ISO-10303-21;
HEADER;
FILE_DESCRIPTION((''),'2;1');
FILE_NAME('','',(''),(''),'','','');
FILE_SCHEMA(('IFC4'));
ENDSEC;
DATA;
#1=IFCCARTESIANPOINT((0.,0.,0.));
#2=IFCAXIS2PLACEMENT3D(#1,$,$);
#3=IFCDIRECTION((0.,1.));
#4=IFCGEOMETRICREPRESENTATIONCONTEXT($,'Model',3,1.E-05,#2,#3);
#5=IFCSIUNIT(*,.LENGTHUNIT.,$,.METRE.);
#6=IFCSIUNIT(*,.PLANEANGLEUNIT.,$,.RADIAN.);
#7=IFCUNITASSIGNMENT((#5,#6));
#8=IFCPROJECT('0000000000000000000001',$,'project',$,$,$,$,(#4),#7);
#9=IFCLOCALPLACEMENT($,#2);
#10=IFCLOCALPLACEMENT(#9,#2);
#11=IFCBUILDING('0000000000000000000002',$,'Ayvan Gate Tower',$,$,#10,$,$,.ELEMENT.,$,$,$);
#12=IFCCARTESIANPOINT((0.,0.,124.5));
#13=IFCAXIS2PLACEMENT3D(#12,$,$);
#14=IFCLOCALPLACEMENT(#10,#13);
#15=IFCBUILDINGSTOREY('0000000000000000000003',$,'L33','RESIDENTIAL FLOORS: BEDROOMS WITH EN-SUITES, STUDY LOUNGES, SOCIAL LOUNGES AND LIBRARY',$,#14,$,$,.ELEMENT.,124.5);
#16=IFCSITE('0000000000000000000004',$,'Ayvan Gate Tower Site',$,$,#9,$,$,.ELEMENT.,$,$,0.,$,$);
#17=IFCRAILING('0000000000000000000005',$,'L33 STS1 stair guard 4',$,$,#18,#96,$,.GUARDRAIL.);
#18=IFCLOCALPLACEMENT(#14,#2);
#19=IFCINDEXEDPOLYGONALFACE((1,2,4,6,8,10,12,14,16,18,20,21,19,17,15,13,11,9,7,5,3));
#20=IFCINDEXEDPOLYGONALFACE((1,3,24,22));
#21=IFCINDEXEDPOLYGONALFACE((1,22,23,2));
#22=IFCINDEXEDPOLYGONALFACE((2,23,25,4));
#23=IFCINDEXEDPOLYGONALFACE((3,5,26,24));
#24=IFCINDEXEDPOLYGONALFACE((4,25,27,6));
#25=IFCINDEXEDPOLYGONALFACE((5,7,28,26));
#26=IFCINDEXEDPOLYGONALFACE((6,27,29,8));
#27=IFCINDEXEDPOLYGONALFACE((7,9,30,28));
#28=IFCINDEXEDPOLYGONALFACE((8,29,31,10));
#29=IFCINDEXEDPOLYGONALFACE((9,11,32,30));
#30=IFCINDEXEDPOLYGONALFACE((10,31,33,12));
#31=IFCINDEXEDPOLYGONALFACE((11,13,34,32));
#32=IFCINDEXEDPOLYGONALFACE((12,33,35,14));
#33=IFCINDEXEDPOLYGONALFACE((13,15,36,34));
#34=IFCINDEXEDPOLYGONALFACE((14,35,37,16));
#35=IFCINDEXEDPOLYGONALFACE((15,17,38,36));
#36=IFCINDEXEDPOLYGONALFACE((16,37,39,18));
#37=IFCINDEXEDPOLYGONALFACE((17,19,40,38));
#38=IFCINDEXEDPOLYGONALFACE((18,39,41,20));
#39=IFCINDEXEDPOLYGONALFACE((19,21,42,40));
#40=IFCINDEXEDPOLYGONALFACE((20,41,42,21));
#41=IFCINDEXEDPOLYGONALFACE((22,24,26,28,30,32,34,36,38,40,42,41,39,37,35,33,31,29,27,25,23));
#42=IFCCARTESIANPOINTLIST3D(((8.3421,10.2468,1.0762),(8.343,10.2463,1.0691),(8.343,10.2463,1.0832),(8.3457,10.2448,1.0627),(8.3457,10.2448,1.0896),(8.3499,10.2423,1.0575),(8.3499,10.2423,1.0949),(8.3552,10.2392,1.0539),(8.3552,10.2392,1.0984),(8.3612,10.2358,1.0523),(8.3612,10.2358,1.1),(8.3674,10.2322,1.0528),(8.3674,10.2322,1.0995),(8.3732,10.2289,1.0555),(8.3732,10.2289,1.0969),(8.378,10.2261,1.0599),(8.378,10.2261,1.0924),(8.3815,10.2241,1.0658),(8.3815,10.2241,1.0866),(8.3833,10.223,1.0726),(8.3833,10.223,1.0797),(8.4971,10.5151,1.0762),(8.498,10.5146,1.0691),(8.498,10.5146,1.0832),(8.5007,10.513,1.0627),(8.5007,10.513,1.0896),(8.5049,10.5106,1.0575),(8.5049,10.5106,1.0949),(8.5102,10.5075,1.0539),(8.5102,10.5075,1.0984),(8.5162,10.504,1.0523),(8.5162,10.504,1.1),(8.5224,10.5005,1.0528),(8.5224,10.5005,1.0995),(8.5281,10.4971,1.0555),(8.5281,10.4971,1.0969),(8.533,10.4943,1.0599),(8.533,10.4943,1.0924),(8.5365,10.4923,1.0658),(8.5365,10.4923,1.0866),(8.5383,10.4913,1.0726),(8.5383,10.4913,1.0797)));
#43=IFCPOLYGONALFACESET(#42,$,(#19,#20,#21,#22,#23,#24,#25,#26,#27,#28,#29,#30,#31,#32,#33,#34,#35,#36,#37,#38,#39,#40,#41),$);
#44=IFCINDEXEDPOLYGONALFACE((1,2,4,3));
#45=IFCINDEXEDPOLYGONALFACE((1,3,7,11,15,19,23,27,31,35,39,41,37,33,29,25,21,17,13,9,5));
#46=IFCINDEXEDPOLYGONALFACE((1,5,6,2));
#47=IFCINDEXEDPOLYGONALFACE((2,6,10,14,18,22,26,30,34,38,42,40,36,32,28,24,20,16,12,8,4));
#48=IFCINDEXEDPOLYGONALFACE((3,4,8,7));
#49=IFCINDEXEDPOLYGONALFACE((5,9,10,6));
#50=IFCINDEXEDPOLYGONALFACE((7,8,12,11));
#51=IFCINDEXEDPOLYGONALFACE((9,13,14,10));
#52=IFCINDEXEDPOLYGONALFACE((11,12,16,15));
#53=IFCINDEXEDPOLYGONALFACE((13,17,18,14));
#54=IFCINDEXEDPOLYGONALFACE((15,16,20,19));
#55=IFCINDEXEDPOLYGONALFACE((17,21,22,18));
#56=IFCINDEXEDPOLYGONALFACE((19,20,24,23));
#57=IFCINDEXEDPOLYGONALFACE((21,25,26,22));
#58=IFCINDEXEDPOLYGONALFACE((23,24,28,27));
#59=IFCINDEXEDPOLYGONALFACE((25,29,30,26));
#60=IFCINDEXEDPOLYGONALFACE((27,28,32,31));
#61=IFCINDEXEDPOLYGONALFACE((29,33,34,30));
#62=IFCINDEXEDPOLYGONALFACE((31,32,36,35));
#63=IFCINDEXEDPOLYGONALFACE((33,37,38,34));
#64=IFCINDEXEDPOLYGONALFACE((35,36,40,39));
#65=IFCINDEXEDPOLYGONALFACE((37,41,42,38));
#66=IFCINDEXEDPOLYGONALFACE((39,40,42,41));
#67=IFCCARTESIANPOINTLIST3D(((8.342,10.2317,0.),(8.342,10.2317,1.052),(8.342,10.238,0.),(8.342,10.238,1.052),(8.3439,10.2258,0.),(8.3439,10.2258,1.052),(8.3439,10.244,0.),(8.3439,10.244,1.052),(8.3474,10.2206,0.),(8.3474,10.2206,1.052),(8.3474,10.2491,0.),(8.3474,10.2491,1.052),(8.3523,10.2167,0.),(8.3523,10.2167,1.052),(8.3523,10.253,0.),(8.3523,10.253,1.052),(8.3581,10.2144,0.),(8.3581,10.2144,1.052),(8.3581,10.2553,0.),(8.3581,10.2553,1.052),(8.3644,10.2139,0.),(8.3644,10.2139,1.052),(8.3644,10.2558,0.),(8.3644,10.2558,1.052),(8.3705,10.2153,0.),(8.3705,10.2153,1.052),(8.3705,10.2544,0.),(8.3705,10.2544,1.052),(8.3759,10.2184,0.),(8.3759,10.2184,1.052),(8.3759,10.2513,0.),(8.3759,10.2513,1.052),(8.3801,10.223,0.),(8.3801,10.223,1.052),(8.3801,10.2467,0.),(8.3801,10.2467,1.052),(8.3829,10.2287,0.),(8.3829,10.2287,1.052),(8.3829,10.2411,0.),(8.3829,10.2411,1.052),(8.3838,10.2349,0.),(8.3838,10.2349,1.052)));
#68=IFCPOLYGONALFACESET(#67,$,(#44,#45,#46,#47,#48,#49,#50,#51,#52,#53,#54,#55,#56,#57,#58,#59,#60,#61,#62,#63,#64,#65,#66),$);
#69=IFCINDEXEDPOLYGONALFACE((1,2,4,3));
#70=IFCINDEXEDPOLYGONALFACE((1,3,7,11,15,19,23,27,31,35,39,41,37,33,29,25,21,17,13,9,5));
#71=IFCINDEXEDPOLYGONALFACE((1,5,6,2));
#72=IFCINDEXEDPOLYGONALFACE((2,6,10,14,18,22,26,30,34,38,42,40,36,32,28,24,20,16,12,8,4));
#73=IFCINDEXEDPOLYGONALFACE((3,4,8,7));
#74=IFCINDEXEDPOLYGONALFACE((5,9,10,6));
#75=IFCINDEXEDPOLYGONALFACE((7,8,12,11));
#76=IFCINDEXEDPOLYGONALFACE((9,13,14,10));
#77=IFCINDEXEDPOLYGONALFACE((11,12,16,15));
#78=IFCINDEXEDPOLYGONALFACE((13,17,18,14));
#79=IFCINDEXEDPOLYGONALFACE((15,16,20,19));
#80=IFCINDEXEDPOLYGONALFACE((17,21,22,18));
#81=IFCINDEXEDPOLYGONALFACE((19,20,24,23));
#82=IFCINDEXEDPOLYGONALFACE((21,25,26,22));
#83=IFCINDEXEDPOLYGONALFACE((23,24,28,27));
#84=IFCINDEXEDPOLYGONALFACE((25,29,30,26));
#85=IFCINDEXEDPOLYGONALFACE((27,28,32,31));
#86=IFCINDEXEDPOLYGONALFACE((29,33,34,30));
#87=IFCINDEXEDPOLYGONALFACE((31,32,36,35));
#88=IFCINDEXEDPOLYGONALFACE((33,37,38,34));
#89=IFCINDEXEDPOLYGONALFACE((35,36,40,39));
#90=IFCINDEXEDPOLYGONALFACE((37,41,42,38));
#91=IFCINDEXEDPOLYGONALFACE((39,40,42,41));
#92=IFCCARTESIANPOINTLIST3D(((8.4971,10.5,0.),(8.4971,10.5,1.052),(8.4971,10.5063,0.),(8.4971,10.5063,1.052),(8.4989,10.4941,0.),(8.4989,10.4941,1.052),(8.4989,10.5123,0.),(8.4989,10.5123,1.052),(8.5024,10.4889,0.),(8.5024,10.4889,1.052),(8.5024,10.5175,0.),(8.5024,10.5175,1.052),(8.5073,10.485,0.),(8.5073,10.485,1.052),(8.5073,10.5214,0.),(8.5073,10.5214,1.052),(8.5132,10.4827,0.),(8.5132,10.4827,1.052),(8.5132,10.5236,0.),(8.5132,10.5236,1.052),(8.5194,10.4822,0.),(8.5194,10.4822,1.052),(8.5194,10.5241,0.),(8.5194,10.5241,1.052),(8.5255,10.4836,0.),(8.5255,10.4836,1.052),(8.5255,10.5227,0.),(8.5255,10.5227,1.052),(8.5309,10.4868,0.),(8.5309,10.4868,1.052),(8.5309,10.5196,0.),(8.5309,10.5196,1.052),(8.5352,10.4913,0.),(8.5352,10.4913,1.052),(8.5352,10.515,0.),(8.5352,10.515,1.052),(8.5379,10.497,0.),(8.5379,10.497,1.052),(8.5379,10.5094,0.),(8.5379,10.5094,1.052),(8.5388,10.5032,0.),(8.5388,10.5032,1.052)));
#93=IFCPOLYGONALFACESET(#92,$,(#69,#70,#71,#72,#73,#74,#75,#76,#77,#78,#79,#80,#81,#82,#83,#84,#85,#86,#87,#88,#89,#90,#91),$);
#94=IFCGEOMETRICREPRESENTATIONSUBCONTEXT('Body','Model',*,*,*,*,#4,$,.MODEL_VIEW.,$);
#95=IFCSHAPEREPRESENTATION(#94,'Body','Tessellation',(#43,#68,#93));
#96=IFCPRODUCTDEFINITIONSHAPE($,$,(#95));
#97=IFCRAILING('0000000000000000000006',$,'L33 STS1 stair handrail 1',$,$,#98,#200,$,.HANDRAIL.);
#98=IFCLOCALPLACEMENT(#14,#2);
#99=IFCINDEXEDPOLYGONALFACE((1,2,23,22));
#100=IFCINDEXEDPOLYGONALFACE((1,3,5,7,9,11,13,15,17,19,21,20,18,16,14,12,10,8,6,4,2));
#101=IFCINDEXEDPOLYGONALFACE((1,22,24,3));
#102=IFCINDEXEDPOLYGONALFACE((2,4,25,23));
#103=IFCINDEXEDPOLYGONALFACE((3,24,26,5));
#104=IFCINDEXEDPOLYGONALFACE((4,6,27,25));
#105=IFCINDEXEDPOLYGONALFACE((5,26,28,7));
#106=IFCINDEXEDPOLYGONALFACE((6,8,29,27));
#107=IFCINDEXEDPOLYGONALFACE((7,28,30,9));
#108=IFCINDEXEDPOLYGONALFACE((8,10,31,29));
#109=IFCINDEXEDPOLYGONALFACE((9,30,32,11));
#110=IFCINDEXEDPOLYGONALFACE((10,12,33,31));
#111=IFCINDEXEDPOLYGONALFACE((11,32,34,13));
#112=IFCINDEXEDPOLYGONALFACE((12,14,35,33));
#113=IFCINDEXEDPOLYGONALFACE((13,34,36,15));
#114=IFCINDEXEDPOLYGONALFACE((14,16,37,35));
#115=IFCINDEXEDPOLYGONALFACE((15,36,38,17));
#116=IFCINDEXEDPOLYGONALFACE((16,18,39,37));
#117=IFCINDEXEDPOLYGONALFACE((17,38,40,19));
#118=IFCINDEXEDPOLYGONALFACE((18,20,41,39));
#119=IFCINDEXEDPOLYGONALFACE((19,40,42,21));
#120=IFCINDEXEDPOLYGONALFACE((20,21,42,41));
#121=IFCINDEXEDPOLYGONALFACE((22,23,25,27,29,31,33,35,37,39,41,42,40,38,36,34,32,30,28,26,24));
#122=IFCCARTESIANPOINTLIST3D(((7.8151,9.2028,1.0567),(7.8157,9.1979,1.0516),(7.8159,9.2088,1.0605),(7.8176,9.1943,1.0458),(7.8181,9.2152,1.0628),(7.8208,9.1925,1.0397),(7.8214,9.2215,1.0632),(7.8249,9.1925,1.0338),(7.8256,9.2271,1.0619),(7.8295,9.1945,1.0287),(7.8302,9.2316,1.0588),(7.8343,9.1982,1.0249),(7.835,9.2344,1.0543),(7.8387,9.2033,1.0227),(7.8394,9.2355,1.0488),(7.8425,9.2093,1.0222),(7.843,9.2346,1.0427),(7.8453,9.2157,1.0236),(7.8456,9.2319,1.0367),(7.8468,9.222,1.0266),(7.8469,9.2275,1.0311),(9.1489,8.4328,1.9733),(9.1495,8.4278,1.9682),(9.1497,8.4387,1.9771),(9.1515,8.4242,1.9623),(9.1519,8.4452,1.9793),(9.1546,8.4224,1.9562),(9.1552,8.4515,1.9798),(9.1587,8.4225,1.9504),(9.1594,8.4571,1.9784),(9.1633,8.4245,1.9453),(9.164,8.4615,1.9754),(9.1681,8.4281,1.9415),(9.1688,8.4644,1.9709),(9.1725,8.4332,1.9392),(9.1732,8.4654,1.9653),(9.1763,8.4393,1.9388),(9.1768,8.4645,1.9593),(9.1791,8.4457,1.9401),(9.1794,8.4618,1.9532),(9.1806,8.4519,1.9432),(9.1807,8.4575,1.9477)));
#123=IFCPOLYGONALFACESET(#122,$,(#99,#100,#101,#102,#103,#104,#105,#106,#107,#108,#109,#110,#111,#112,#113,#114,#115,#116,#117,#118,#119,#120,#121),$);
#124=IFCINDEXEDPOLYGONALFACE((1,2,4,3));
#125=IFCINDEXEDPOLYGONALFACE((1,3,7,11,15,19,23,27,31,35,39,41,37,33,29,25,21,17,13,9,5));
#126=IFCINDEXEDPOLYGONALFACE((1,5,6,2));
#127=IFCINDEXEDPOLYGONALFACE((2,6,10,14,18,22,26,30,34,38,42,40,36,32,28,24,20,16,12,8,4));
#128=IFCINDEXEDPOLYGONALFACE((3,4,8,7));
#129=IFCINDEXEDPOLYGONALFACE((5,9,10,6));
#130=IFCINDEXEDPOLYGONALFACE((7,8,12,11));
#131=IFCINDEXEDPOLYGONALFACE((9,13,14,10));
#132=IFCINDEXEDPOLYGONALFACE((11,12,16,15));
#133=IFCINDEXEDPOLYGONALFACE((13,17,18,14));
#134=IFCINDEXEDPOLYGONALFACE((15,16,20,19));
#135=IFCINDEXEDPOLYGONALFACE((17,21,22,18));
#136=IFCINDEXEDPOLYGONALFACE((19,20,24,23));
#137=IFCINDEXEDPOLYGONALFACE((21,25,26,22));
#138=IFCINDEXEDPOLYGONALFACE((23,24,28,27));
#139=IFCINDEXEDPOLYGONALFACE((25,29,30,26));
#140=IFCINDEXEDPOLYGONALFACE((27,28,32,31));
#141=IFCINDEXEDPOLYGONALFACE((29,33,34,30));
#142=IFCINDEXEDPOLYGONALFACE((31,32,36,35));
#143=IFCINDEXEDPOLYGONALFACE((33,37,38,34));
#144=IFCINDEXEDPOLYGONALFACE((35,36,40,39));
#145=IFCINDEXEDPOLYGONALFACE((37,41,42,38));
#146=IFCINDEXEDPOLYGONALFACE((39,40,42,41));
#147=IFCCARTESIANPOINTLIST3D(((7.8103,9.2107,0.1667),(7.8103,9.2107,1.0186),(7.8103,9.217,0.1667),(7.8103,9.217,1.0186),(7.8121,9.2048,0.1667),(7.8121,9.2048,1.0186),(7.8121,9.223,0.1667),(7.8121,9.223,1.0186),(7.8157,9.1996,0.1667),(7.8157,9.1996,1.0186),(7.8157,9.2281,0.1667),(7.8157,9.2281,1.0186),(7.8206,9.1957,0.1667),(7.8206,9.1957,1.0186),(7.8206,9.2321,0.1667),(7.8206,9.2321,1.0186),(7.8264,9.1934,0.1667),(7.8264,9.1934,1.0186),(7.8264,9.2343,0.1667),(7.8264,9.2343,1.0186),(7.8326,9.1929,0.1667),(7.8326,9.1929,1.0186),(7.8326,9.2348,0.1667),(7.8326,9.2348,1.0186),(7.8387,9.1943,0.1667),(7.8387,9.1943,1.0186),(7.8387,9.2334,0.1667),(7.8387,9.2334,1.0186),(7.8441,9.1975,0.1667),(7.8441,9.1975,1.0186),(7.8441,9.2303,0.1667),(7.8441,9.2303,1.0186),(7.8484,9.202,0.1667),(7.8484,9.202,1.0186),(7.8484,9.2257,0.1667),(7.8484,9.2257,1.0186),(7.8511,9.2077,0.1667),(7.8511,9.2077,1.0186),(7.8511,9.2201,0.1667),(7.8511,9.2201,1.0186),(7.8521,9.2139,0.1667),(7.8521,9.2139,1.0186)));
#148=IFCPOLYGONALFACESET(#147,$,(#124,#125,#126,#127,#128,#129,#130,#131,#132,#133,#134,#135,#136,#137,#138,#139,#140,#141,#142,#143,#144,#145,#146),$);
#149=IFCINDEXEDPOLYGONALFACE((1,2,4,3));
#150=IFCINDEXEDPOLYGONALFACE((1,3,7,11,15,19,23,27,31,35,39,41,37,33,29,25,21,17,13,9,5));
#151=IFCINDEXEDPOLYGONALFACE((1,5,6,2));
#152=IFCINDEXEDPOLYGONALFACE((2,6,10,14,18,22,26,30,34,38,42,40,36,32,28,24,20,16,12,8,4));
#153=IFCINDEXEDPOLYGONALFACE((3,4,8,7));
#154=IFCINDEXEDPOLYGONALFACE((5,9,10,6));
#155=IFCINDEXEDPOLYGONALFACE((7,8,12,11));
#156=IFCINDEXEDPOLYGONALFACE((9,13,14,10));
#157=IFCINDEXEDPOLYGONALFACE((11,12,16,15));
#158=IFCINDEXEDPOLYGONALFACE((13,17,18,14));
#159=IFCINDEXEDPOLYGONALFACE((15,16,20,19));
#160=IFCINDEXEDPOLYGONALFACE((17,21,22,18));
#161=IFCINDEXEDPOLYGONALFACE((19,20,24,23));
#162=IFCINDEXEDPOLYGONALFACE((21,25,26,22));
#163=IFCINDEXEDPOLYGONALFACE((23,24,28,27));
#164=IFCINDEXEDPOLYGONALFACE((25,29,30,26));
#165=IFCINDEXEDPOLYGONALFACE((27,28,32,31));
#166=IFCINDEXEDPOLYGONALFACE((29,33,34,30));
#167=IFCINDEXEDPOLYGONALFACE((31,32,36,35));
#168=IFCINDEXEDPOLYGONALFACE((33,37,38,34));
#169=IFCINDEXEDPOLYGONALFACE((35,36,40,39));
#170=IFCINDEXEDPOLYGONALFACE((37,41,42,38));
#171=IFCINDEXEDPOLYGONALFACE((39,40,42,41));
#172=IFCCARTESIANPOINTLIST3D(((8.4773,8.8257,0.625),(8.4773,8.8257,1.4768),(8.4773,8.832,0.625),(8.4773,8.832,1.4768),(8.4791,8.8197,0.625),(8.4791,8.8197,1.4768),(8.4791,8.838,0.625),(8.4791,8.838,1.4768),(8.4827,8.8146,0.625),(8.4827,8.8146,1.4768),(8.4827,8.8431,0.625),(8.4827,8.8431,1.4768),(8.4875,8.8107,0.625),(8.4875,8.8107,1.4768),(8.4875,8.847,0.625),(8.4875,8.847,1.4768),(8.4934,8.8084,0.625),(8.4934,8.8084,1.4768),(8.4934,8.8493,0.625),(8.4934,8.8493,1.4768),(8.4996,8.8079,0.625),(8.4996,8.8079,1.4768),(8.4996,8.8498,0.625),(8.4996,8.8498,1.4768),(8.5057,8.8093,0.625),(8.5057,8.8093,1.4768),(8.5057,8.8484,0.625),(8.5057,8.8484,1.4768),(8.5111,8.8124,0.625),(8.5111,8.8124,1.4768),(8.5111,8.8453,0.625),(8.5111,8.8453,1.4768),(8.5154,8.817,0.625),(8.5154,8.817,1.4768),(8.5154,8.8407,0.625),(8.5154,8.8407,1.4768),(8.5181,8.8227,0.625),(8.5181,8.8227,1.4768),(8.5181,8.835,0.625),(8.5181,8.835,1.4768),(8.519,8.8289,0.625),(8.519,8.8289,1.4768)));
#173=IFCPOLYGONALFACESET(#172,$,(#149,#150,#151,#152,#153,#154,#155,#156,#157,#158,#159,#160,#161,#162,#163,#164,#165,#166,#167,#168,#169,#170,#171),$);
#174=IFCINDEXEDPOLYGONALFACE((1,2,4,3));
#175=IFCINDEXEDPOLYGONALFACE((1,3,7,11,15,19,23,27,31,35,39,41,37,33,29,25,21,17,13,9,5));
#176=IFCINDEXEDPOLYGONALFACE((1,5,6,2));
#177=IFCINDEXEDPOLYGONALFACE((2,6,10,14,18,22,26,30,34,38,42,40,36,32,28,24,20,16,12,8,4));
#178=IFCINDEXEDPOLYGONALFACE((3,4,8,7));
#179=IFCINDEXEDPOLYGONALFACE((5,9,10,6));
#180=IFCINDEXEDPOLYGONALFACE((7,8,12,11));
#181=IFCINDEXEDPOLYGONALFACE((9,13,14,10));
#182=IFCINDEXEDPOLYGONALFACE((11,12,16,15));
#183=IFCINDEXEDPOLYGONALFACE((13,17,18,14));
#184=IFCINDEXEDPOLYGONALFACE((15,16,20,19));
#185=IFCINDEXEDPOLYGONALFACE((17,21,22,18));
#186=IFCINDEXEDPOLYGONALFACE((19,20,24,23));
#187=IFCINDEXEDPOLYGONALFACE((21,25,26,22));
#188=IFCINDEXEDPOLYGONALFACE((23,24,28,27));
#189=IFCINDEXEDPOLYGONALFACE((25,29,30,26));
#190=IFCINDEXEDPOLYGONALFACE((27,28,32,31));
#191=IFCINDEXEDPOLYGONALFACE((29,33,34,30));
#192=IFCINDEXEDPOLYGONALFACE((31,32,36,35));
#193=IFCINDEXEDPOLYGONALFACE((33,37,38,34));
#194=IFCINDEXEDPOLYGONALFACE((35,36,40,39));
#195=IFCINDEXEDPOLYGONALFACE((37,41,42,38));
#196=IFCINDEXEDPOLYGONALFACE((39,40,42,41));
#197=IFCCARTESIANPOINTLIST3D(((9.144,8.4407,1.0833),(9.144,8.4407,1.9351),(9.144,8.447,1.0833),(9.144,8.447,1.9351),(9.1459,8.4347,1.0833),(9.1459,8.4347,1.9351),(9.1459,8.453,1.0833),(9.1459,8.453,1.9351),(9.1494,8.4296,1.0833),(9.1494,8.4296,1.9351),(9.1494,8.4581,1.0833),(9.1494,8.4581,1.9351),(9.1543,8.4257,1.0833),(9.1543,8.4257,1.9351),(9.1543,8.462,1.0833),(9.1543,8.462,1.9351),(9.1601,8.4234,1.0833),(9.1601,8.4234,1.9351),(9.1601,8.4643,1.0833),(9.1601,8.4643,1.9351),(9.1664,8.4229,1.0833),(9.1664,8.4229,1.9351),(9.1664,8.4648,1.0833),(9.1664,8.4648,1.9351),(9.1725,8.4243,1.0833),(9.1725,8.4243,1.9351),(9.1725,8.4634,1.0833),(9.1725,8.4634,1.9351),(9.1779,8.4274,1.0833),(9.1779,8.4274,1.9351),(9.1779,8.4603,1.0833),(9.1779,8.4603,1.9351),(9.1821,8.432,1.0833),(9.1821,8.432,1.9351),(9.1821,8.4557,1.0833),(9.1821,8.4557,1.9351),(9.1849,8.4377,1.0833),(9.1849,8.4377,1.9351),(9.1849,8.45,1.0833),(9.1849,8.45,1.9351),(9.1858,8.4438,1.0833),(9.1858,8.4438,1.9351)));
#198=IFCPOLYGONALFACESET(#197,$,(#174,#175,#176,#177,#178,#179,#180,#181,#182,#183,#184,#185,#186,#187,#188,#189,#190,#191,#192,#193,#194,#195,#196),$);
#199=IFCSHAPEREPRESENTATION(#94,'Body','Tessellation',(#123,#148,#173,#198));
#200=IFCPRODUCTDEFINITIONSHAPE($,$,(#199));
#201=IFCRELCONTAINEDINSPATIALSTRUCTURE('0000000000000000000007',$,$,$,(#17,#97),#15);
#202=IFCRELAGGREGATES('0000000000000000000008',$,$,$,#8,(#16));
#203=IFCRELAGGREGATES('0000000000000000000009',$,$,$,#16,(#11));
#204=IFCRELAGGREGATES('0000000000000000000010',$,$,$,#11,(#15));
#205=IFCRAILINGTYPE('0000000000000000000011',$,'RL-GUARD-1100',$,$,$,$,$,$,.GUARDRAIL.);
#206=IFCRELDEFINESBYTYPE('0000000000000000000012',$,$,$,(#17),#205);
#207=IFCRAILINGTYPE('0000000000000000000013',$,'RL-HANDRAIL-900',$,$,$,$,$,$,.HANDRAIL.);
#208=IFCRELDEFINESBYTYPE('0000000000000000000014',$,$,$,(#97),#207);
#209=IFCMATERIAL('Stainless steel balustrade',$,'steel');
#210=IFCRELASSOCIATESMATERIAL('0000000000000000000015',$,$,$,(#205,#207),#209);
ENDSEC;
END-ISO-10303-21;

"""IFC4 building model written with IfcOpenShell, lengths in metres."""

from ifc_helpers import new_model, si_unit, direction, frame, origin, origin_2d, place, context, subcontext, project, spatial, circle, extrude, material, type_object, element, save


model = new_model("IFC4")

# Units and contexts
model_context = context("Model", 3, precision=1e-05, world=origin(), true_north=direction((0.0, 1.0)))
body_context = subcontext(model_context, "Body", "Model", "MODEL_VIEW")
ifc_project = project(units=[si_unit("LENGTHUNIT", "METRE"), si_unit("PLANEANGLEUNIT", "RADIAN")], contexts=[model_context])

# Site, building, storey
site_placement = place(None, origin())
site = spatial("IfcSite", under=ifc_project, at=site_placement, Name="Ayvan Gate Tower Site", CompositionType="ELEMENT", RefElevation=0.0)
building_placement = place(site_placement, origin())
building = spatial("IfcBuilding", under=site, at=building_placement, Name="Ayvan Gate Tower", CompositionType="ELEMENT")
storey_placement = place(building_placement, frame((0.0, 0.0, 124.5)))
storey = spatial("IfcBuildingStorey", under=building, at=storey_placement, Name="L33", Description="RESIDENTIAL FLOORS: BEDROOMS WITH EN-SUITES, STUDY LOUNGES, SOCIAL LOUNGES AND LIBRARY", CompositionType="ELEMENT", Elevation=124.5)

# Railings
ifc_material_1 = material(Name="Stainless steel balustrade", Category="steel")
railing_type_1 = type_object("IfcRailingType", Name="RL-GUARD-1100", PredefinedType="GUARDRAIL", material=ifc_material_1)
railing_1_placement = place(storey_placement, frame((8.3628, 10.2349, 0.0)))
element("IfcRailing", 1, at=railing_1_placement, inside=storey, type_object=railing_type_1, Name="L33 STS1 stair guard 4", PredefinedType="GUARDRAIL", context=body_context, shape_type="SweptSolid", body=[
    extrude(circle(Radius=0.0239, at=origin_2d()), frame((0.0, 0.0, 1.0762), z_axis=(0.500291, 0.865857, 0.0), x_axis=(-0.865857, 0.500291, 0.0)), (0.0, 0.0, 1.0), 0.3098),
    extrude(circle(Radius=0.021, at=origin_2d()), origin(), (0.0, 0.0, 1.0), 1.052),
    extrude(circle(Radius=0.021, at=origin_2d()), frame((0.155, 0.2683, 0.0)), (0.0, 0.0, 1.0), 1.052),
])
railing_type_2 = type_object("IfcRailingType", Name="RL-HANDRAIL-900", PredefinedType="HANDRAIL", material=ifc_material_1)
railing_2_placement = place(storey_placement, frame((7.8311, 9.2139, 0.1667)))
element("IfcRailing", 2, at=railing_2_placement, inside=storey, type_object=railing_type_2, Name="L33 STS1 stair handrail 1", PredefinedType="HANDRAIL", context=body_context, shape_type="SweptSolid", body=[
    extrude(circle(Radius=0.0239, at=origin_2d()), frame((0.0, 0.0, 0.876), z_axis=(0.744216, -0.429664, 0.511401), x_axis=(0.499992, 0.86603, 0.0)), (0.0, 0.0, 1.0), 1.7922),
    extrude(circle(Radius=0.021, at=origin_2d()), origin(), (0.0, 0.0, 1.0), 0.8518),
    extrude(circle(Radius=0.021, at=origin_2d()), frame((0.667, -0.385, 0.4583)), (0.0, 0.0, 1.0), 0.8518),
    extrude(circle(Radius=0.021, at=origin_2d()), frame((1.3337, -0.77, 0.9165)), (0.0, 0.0, 1.0), 0.8518),
])

save(model, "model.ifc")
